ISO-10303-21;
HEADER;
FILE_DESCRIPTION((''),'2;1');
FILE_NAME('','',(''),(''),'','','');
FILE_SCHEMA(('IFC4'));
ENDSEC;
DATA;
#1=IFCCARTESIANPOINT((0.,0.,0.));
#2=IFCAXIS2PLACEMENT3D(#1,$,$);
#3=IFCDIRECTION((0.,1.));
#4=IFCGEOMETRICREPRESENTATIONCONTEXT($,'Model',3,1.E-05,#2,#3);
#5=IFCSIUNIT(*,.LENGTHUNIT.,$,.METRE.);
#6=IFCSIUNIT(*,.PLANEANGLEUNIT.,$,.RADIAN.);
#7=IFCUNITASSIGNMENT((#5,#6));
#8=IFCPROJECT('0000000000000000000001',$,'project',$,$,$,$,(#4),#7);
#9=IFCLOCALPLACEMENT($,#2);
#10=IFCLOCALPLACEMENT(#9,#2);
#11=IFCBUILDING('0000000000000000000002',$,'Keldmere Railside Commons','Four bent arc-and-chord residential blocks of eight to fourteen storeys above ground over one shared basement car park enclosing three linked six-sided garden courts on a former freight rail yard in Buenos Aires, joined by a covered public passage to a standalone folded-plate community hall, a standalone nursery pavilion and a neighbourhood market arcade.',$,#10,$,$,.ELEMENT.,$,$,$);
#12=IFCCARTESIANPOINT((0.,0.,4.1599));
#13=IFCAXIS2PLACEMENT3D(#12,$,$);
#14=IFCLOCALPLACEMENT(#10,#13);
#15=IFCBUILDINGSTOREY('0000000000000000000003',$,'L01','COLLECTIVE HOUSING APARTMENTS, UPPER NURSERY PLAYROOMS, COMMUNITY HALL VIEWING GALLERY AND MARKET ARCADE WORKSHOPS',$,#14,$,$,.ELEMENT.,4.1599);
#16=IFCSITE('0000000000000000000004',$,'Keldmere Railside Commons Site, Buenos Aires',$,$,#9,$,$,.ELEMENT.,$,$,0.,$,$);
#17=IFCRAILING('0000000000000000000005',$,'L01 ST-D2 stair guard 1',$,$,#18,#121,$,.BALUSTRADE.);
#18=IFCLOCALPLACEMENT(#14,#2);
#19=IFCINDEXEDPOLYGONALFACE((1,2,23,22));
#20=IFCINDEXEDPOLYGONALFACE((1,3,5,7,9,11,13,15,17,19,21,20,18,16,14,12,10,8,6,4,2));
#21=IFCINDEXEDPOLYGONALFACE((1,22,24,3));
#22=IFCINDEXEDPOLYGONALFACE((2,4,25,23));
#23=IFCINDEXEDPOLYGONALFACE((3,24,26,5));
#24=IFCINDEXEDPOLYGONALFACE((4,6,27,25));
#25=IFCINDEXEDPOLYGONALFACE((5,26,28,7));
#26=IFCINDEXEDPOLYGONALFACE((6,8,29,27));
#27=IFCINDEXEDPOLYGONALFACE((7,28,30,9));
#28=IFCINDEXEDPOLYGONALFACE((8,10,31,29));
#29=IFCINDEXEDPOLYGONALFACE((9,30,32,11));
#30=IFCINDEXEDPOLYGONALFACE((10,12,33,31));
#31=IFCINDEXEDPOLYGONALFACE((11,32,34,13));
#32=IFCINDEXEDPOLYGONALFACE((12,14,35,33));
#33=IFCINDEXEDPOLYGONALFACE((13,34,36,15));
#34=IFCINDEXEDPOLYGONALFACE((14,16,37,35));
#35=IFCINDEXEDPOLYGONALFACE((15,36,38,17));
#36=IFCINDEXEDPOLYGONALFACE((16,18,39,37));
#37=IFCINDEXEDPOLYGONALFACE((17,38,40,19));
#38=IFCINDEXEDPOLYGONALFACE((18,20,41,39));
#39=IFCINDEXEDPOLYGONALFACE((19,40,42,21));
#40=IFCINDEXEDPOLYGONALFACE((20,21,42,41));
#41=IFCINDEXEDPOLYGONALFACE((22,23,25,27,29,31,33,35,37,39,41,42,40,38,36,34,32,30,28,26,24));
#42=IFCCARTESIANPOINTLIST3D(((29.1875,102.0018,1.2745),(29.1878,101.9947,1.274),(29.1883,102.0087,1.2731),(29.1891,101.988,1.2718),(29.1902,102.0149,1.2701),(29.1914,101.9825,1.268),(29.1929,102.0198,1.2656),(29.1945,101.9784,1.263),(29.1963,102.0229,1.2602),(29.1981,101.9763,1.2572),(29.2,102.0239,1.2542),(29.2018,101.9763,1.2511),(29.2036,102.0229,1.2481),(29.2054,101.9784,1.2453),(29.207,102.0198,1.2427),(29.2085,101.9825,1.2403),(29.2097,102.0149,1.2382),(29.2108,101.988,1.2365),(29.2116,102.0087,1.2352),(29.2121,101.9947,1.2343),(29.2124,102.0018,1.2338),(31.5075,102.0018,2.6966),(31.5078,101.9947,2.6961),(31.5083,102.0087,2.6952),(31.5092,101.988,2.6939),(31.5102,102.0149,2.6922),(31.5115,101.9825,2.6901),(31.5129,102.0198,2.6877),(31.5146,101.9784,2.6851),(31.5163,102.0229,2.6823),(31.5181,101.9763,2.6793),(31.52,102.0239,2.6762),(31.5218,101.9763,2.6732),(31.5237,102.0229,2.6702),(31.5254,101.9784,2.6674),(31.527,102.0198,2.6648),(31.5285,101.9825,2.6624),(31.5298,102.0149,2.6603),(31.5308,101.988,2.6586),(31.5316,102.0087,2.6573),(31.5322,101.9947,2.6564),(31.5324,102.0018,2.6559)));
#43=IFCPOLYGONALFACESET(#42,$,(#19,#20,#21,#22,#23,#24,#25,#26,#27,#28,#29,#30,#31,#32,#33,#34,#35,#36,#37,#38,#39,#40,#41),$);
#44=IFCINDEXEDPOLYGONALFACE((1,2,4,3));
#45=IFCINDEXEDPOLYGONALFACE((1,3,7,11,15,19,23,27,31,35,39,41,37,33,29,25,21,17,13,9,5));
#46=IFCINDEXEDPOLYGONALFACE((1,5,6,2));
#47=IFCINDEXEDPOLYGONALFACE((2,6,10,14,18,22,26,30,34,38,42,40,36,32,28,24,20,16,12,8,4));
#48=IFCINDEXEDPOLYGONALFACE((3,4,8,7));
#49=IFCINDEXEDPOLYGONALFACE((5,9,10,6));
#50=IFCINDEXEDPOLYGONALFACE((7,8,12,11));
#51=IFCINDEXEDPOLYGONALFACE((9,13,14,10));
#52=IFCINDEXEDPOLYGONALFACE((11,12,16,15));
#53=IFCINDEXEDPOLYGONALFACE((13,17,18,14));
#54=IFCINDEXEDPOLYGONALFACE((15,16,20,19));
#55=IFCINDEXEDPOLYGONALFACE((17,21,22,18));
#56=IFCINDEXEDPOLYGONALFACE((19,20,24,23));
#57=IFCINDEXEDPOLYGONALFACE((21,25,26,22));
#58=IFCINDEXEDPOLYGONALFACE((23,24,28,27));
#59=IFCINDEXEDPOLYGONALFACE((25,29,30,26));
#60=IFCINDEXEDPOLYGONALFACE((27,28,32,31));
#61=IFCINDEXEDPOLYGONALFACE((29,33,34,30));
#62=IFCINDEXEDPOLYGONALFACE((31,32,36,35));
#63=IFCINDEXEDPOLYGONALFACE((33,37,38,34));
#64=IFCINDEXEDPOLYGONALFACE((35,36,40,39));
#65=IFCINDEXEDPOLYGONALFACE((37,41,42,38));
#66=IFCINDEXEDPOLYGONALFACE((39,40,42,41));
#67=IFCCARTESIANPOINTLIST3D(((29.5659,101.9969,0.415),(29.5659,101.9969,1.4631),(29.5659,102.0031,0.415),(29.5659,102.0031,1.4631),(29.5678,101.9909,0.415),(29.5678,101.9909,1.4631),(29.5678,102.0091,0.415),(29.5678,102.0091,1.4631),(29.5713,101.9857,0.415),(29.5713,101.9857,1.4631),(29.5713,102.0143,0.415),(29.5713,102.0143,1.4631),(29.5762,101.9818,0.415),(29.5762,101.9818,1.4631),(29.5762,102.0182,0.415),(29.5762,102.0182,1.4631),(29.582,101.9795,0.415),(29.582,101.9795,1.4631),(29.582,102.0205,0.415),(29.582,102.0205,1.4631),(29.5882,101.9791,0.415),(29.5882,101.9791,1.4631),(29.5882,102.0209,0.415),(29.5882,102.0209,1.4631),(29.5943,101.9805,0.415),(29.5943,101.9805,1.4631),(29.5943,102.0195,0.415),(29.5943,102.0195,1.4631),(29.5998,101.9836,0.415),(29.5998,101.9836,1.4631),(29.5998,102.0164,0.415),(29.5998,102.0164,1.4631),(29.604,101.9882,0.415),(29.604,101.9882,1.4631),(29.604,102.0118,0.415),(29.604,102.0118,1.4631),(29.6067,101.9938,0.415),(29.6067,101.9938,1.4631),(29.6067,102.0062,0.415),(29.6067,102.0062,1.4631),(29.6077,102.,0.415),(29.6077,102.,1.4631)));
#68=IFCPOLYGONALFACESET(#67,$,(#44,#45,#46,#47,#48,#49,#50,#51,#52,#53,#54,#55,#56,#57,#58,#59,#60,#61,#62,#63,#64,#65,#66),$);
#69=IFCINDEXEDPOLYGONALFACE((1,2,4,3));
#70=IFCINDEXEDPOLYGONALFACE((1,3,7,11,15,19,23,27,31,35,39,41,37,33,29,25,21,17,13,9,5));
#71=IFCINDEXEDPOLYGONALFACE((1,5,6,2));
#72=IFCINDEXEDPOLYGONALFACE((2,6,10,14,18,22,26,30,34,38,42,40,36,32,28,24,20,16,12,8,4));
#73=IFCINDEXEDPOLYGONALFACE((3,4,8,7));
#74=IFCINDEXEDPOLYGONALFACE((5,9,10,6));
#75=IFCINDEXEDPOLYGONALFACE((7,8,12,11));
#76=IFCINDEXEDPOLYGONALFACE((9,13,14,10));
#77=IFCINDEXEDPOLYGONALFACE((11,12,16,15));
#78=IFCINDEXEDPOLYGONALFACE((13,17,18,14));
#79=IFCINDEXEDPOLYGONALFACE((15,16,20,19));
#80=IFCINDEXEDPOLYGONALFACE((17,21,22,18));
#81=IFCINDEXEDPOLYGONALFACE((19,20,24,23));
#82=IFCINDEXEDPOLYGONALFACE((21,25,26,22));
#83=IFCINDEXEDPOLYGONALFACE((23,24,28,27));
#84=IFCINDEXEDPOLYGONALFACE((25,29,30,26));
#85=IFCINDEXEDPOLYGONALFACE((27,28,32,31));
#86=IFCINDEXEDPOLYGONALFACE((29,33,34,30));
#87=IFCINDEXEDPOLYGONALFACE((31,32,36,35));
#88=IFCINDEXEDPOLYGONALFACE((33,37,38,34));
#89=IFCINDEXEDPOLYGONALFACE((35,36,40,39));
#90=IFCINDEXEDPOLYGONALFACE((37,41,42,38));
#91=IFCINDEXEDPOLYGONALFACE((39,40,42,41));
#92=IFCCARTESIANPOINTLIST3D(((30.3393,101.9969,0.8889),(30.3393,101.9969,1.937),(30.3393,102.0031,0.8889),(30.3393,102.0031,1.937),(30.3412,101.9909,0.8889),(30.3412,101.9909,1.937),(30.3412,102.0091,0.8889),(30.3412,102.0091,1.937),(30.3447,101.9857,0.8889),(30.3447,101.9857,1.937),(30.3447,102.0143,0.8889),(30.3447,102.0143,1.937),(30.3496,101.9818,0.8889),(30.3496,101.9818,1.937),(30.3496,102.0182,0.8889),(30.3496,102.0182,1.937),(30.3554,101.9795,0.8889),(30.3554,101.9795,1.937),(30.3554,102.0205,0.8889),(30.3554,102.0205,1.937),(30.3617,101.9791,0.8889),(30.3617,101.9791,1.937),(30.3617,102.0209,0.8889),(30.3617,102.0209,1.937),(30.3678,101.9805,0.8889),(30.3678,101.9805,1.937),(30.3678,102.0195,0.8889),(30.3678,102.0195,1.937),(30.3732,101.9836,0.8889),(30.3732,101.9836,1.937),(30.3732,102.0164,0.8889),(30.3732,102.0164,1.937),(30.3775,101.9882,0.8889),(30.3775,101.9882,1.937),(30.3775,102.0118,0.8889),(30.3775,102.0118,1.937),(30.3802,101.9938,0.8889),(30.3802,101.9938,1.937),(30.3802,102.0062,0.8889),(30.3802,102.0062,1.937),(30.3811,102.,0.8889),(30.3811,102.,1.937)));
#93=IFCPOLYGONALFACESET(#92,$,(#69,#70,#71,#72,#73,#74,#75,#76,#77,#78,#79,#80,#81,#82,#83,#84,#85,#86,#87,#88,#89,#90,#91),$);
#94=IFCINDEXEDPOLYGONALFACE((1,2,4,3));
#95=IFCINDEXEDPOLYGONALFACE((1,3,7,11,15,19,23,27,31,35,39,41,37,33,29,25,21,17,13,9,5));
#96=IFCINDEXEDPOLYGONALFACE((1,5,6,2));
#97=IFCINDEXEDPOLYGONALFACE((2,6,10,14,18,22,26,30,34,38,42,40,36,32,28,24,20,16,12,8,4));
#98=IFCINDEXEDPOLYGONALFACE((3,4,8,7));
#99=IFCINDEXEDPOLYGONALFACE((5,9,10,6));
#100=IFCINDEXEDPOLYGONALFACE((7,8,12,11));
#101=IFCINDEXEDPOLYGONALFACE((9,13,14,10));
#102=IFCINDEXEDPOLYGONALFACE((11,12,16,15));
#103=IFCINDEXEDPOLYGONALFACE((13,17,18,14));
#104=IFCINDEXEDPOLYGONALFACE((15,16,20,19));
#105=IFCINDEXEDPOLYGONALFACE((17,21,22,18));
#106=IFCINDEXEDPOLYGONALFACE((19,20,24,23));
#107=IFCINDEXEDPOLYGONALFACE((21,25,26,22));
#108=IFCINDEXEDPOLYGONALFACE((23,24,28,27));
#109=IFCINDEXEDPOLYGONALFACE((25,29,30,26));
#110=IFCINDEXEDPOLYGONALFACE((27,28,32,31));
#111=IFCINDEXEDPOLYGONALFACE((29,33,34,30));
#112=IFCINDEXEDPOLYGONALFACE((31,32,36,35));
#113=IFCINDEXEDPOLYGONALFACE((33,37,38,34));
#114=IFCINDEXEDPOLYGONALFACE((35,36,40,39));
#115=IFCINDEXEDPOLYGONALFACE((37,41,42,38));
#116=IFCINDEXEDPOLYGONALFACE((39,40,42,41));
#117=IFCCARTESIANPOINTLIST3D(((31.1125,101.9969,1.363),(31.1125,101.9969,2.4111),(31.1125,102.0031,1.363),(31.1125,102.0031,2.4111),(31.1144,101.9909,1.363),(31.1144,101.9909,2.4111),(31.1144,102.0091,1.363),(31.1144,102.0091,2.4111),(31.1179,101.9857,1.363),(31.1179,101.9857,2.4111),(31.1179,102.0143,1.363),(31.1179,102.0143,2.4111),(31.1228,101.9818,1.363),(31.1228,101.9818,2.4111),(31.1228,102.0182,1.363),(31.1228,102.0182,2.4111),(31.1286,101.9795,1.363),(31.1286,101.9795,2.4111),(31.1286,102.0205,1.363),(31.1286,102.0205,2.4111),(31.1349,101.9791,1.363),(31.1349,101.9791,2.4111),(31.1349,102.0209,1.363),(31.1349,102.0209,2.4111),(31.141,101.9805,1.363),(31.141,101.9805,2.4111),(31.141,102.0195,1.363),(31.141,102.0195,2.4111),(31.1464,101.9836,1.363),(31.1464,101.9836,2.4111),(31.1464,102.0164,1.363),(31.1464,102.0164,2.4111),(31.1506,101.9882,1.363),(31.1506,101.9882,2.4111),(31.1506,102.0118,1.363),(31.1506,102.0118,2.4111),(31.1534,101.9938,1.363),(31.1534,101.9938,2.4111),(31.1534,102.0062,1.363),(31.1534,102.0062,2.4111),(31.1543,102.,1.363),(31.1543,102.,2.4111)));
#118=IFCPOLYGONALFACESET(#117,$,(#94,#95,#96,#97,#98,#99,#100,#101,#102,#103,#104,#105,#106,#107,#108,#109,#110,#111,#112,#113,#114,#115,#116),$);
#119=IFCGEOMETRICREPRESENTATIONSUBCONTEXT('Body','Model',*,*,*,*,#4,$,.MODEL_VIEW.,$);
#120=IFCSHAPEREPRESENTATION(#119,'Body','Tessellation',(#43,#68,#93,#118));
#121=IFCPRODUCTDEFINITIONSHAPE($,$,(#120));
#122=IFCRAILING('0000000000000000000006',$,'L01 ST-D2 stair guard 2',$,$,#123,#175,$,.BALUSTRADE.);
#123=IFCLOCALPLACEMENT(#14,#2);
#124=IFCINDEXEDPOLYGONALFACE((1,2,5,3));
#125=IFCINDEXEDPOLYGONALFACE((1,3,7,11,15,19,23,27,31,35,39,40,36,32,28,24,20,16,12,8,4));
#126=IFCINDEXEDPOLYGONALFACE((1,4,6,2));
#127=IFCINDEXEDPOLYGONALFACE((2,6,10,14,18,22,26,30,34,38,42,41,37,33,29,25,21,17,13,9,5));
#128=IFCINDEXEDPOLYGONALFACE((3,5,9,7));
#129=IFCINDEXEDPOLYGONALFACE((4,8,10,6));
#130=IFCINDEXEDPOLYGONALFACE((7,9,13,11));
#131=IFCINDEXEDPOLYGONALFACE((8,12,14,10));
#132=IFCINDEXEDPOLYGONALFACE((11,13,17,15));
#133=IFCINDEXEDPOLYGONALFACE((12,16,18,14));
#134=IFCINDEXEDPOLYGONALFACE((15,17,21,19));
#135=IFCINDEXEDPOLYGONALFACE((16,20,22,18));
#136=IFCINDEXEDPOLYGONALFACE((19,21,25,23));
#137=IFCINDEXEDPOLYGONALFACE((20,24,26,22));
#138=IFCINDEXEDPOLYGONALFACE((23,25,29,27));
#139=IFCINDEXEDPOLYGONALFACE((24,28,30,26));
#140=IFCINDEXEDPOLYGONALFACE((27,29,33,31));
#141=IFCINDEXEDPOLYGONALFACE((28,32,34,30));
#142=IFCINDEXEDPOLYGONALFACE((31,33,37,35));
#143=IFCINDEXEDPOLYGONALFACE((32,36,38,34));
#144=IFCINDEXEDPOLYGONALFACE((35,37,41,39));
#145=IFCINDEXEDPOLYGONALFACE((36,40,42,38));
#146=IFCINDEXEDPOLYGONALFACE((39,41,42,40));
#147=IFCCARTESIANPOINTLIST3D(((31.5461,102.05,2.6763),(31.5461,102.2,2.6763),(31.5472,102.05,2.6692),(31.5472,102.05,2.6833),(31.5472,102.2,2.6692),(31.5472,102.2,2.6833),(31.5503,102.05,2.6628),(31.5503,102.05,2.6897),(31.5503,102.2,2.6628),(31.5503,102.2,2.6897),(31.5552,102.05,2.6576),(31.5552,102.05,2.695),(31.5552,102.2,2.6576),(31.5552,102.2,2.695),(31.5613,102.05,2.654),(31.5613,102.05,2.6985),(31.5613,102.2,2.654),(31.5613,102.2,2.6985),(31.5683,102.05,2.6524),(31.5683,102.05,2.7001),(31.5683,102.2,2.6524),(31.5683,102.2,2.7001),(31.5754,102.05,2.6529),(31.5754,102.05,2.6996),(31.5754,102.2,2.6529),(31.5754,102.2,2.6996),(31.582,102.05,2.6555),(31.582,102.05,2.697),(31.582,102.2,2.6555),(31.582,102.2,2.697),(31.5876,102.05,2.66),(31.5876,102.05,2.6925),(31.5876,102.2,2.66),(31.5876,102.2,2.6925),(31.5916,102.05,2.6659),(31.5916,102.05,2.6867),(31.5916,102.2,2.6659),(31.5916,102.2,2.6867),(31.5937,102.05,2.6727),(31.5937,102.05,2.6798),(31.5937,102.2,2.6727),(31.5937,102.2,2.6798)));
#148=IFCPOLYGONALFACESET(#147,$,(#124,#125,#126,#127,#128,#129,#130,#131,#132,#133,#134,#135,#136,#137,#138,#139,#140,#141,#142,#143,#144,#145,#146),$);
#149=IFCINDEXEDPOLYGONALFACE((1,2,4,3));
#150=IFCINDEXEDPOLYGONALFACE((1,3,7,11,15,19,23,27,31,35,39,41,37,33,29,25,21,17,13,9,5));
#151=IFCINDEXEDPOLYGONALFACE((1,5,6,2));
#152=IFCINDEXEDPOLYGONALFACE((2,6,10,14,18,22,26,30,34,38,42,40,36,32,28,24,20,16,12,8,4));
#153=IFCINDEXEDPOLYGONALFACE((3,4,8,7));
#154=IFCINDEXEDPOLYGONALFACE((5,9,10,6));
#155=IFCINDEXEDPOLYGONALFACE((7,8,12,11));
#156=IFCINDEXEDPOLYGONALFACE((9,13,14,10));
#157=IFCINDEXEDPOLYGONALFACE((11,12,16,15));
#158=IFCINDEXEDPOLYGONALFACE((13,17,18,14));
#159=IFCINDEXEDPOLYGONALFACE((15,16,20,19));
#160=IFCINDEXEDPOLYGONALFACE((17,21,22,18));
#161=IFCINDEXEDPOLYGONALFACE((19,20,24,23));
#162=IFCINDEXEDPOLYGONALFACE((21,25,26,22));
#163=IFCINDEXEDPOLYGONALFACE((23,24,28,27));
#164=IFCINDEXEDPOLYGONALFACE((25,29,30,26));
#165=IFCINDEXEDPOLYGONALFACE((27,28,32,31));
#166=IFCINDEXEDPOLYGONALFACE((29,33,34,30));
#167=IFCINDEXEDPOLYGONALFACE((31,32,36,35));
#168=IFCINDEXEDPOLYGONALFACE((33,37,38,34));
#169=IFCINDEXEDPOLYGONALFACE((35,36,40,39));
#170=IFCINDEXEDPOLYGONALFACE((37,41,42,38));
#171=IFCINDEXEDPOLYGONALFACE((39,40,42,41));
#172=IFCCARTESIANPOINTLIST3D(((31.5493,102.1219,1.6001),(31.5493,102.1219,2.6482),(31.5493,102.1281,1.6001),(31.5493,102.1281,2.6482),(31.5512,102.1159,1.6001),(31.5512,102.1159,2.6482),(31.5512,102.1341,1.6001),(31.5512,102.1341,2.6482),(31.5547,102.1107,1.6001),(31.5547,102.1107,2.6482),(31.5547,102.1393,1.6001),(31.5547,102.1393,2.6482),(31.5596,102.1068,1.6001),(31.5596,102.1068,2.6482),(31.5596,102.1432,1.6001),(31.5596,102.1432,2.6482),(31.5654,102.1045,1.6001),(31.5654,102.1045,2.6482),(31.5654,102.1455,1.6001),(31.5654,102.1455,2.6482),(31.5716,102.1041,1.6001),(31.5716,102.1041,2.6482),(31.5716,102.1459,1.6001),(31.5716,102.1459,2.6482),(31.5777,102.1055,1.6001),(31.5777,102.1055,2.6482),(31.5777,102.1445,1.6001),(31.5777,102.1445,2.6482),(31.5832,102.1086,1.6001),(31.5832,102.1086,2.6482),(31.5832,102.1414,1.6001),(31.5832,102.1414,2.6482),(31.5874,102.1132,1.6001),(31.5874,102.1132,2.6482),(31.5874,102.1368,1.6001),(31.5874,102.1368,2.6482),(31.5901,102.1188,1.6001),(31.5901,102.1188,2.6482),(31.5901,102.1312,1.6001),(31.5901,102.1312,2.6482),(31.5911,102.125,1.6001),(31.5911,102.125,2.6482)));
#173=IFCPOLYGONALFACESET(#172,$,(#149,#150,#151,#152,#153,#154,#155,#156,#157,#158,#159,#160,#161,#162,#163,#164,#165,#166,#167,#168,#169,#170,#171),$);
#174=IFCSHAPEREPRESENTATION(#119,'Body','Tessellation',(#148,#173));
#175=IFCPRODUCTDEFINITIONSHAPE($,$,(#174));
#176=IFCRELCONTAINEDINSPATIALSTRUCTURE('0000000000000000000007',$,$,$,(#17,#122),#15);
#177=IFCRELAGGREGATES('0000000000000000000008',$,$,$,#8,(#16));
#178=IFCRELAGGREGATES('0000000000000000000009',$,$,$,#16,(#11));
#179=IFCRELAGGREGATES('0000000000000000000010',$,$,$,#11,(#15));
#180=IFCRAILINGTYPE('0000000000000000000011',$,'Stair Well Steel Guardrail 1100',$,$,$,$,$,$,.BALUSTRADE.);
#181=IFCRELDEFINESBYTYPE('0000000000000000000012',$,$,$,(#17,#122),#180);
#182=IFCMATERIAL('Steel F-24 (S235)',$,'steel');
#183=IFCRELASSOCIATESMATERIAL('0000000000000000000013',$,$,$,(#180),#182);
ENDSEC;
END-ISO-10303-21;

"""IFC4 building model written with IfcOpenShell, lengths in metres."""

from ifc_helpers import new_model, si_unit, direction, frame, origin, origin_2d, place, context, subcontext, project, spatial, circle, extrude, material, type_object, element, save


model = new_model("IFC4")

# Units and contexts
model_context = context("Model", 3, precision=1e-05, world=origin(), true_north=direction((0.0, 1.0)))
body_context = subcontext(model_context, "Body", "Model", "MODEL_VIEW")
ifc_project = project(units=[si_unit("LENGTHUNIT", "METRE"), si_unit("PLANEANGLEUNIT", "RADIAN")], contexts=[model_context])

# Site, building, storey
site_placement = place(None, origin())
site = spatial("IfcSite", under=ifc_project, at=site_placement, Name="Keldmere Railside Commons Site, Buenos Aires", CompositionType="ELEMENT", RefElevation=0.0)
building_placement = place(site_placement, origin())
building = spatial("IfcBuilding", under=site, at=building_placement, Name="Keldmere Railside Commons", Description="Four bent arc-and-chord residential blocks of eight to fourteen storeys above ground over one shared basement car park enclosing three linked six-sided garden courts on a former freight rail yard in Buenos Aires, joined by a covered public passage to a standalone folded-plate community hall, a standalone nursery pavilion and a neighbourhood market arcade.", CompositionType="ELEMENT")
storey_placement = place(building_placement, frame((0.0, 0.0, 4.1599)))
storey = spatial("IfcBuildingStorey", under=building, at=storey_placement, Name="L01", Description="COLLECTIVE HOUSING APARTMENTS, UPPER NURSERY PLAYROOMS, COMMUNITY HALL VIEWING GALLERY AND MARKET ARCADE WORKSHOPS", CompositionType="ELEMENT", Elevation=4.1599)

# Shared definitions
ifc_material_1 = material(Name="Steel F-24 (S235)", Category="steel")

# Railings
railing_type_1 = type_object("IfcRailingType", Name="Stair Well Steel Guardrail 1100", PredefinedType="BALUSTRADE", material=ifc_material_1)
railing_1_placement = place(storey_placement, frame((29.2, 102.0, 0.178)))
element("IfcRailing", 1, at=railing_1_placement, inside=storey, type_object=railing_type_1, Name="L01 ST-D2 stair guard 1", PredefinedType="BALUSTRADE", context=body_context, shape_type="SweptSolid", body=[
    extrude(circle(Radius=0.0239, at=origin_2d()), frame((0.0, 0.0, 1.0762), z_axis=(0.852578, 0.0, 0.5226), x_axis=(0.0, 1.0, 0.0)), (0.0, 0.0, 1.0), 2.7212),
    extrude(circle(Radius=0.021, at=origin_2d()), frame((0.3867, 0.0, 0.2371)), (0.0, 0.0, 1.0), 1.0481),
    extrude(circle(Radius=0.021, at=origin_2d()), frame((1.1602, 0.0, 0.7109)), (0.0, 0.0, 1.0), 1.0481),
    extrude(circle(Radius=0.021, at=origin_2d()), frame((1.9333, 0.0, 1.1851)), (0.0, 0.0, 1.0), 1.0481),
])
railing_2_placement = place(storey_placement, frame((31.5701, 102.05, 1.6001)))
element("IfcRailing", 2, at=railing_2_placement, inside=storey, type_object=railing_type_1, Name="L01 ST-D2 stair guard 2", PredefinedType="BALUSTRADE", context=body_context, shape_type="SweptSolid", body=[
    extrude(circle(Radius=0.0239, at=origin_2d()), frame((0.0, 0.0, 1.0762), z_axis=(0.0, 1.0, 0.0), x_axis=(-1.0, 0.0, 0.0)), (0.0, 0.0, 1.0), 0.1499),
    extrude(circle(Radius=0.021, at=origin_2d()), frame((0.0, 0.075, 0.0)), (0.0, 0.0, 1.0), 1.0481),
])

save(model, "model.ifc")
